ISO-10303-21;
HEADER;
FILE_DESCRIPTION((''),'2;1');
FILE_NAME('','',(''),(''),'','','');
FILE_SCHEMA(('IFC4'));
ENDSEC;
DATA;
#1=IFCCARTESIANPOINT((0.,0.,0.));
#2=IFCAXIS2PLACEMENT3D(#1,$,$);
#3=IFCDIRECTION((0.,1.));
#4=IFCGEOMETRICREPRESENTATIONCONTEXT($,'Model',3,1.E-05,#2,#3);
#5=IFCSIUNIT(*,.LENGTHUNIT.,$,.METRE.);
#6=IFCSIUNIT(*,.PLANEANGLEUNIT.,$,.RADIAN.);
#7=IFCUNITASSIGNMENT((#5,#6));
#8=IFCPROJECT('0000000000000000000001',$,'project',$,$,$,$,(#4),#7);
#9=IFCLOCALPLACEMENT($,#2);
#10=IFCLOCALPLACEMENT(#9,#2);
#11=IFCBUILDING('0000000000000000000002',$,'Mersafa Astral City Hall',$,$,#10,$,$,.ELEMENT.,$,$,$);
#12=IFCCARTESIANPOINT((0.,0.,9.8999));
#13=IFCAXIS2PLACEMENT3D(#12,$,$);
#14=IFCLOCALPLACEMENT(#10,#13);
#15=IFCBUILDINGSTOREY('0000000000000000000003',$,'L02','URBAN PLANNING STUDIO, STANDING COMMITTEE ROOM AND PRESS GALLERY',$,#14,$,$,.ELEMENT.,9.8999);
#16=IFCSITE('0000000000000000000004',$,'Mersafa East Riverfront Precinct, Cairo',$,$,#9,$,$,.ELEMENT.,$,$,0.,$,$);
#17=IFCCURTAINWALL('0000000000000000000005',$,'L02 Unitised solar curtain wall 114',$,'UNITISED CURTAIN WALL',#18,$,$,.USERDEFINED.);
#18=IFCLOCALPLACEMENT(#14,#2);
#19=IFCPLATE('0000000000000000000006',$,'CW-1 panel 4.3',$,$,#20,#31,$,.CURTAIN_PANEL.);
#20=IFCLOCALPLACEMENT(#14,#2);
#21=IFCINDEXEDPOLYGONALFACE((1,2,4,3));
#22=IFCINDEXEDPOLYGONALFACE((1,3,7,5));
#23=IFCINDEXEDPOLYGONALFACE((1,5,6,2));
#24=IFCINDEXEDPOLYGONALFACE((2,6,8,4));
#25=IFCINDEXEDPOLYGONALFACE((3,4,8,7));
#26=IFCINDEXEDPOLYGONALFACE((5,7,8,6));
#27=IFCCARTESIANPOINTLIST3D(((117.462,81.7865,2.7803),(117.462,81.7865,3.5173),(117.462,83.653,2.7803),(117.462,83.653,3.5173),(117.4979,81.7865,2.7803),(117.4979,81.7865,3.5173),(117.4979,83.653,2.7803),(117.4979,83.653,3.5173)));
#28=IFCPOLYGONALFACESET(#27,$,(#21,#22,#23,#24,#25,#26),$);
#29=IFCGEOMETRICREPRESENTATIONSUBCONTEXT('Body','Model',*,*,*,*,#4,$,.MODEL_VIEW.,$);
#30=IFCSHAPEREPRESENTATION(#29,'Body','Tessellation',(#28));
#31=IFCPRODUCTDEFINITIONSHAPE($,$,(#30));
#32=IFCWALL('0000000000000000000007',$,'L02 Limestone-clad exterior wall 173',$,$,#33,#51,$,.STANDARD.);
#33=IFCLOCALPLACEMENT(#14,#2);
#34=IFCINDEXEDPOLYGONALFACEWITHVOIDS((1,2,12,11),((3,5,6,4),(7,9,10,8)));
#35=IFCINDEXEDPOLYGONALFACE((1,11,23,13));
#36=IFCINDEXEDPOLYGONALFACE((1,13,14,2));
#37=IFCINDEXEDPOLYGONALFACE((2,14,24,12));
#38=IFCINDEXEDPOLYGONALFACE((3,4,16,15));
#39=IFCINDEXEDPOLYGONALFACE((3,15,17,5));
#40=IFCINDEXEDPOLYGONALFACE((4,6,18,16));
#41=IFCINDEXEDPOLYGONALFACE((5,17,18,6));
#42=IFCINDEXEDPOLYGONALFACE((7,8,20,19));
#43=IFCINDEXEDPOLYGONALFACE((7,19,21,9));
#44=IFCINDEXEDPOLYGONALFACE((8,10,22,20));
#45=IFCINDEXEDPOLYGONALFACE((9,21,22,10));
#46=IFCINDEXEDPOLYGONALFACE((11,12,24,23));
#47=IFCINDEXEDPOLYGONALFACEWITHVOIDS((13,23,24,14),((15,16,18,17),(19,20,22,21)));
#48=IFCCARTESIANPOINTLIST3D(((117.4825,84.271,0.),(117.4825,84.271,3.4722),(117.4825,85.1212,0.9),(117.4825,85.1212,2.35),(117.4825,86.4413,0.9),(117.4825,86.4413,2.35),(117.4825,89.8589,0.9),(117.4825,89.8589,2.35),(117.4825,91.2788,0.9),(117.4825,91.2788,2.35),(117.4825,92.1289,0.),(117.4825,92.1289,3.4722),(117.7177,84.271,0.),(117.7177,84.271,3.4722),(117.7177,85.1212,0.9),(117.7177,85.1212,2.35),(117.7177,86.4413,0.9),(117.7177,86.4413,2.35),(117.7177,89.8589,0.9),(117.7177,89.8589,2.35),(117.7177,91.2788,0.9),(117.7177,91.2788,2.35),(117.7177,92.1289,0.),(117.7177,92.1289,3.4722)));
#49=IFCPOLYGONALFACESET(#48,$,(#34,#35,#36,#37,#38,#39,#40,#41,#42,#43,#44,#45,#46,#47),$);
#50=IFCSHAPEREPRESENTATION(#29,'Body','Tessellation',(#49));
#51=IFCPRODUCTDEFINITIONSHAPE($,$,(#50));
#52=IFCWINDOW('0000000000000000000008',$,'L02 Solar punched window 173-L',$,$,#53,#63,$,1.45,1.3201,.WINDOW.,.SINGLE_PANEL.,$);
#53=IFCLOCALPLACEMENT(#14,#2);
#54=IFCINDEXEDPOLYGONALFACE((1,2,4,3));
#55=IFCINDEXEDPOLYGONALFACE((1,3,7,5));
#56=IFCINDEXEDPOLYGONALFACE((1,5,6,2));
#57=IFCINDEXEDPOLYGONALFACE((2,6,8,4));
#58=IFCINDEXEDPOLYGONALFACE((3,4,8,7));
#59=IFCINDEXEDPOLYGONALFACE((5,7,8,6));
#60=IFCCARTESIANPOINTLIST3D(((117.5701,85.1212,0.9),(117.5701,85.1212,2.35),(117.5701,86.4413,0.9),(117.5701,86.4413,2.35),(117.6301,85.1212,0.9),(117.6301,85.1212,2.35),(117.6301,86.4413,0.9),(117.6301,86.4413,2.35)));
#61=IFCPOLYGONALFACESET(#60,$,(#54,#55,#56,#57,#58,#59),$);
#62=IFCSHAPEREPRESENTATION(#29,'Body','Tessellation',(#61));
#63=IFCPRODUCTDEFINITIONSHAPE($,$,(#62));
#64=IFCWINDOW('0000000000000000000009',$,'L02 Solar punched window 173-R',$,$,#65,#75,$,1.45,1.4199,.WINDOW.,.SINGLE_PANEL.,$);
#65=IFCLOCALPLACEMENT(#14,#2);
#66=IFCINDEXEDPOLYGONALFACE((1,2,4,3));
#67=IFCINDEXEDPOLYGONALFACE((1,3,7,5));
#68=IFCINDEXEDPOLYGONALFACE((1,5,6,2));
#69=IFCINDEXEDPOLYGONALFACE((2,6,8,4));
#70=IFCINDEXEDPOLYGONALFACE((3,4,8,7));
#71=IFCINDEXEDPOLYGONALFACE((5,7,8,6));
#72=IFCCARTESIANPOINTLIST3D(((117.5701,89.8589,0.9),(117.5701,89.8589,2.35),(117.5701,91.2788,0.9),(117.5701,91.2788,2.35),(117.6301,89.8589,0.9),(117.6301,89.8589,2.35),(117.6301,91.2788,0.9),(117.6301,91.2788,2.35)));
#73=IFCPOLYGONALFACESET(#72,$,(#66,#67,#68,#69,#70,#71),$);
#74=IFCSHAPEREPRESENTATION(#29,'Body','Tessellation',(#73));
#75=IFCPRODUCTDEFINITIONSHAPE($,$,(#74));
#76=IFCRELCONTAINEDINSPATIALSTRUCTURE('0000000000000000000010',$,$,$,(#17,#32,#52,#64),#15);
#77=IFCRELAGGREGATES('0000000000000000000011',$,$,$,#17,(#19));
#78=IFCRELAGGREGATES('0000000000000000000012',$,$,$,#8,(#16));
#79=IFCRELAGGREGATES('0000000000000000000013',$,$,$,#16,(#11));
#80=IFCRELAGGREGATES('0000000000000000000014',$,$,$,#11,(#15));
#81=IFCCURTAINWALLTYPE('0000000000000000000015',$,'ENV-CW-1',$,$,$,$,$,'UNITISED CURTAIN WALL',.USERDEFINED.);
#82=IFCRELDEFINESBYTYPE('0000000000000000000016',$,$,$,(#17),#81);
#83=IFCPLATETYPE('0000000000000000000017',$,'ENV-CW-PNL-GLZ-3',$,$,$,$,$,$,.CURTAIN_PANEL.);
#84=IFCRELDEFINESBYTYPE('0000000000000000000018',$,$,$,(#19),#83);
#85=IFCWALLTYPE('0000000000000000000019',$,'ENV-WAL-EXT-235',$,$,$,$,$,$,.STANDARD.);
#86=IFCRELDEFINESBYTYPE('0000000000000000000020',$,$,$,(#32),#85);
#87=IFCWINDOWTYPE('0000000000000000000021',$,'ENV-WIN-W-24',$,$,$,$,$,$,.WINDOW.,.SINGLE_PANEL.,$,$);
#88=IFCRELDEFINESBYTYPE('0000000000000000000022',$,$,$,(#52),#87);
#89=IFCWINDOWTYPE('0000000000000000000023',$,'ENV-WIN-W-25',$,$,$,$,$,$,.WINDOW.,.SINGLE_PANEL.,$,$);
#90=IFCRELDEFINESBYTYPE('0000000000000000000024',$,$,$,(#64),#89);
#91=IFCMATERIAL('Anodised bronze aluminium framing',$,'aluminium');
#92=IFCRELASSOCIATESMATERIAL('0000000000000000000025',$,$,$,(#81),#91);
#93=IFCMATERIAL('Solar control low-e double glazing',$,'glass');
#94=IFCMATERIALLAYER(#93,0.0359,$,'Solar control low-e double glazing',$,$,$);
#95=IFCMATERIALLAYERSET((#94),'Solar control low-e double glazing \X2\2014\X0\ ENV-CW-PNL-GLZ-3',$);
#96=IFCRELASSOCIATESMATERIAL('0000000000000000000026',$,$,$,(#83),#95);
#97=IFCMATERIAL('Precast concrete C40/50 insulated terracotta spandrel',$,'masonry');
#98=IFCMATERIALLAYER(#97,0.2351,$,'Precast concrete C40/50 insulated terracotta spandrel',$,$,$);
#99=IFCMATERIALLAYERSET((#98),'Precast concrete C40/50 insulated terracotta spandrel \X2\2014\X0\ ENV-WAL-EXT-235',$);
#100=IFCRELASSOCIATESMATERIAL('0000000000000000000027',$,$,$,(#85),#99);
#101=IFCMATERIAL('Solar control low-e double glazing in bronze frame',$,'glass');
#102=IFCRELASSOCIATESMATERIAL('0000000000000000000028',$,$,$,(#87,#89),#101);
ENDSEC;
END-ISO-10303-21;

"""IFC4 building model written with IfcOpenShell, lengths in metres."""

from ifc_helpers import new_model, si_unit, direction, frame, frame_2d, origin, origin_2d, place, context, subcontext, project, spatial, rectangle, extrude, material, layer, layer_set, type_object, element, fill, aggregate, save


model = new_model("IFC4")

# Units and contexts
model_context = context("Model", 3, precision=1e-05, world=origin(), true_north=direction((0.0, 1.0)))
body_context = subcontext(model_context, "Body", "Model", "MODEL_VIEW")
ifc_project = project(units=[si_unit("LENGTHUNIT", "METRE"), si_unit("PLANEANGLEUNIT", "RADIAN")], contexts=[model_context])

# Site, building, storey
site_placement = place(None, origin())
site = spatial("IfcSite", under=ifc_project, at=site_placement, Name="Mersafa East Riverfront Precinct, Cairo", CompositionType="ELEMENT", RefElevation=0.0)
building_placement = place(site_placement, origin())
building = spatial("IfcBuilding", under=site, at=building_placement, Name="Mersafa Astral City Hall", CompositionType="ELEMENT")
storey_placement = place(building_placement, frame((0.0, 0.0, 9.8999)))
storey = spatial("IfcBuildingStorey", under=building, at=storey_placement, Name="L02", Description="URBAN PLANNING STUDIO, STANDING COMMITTEE ROOM AND PRESS GALLERY", CompositionType="ELEMENT", Elevation=9.8999)

# Curtain wall, plate
ifc_material_1 = material(Name="Anodised bronze aluminium framing", Category="aluminium")
curtain_wall_type = type_object("IfcCurtainWallType", Name="ENV-CW-1", ElementType="UNITISED CURTAIN WALL", PredefinedType="USERDEFINED", material=ifc_material_1)
curtain_wall_placement = place(storey_placement, origin())
curtain_wall = element("IfcCurtainWall", 1, at=curtain_wall_placement, inside=storey, type_object=curtain_wall_type, Name="L02 Unitised solar curtain wall 114", ObjectType="UNITISED CURTAIN WALL", PredefinedType="USERDEFINED")
ifc_material_2 = material(Name="Solar control low-e double glazing", Category="glass")
ifc_layer_1 = layer(ifc_material_2, 0.0359, Name="Solar control low-e double glazing")
ifc_layer_set_1 = layer_set([ifc_layer_1], Name="Solar control low-e double glazing — ENV-CW-PNL-GLZ-3")
plate_type = type_object("IfcPlateType", Name="ENV-CW-PNL-GLZ-3", PredefinedType="CURTAIN_PANEL", material=ifc_layer_set_1)
plate_1_placement = place(storey_placement, frame((117.48, 82.7197, 2.7803), z_axis=(0.0, 0.0, 1.0), x_axis=(0.0, 1.0, 0.0)))
plate_1 = element("IfcPlate", 2, at=plate_1_placement, type_object=plate_type, Name="CW-1 panel 4.3", PredefinedType="CURTAIN_PANEL", context=body_context, shape_type="SweptSolid", body=[
    extrude(rectangle(XDim=1.8665, YDim=0.0359, at=origin_2d()), origin(), (0.0, 0.0, 1.0), 0.7371),
])
aggregate(curtain_wall, [plate_1])

# Wall, openings, windows
ifc_material_3 = material(Name="Precast concrete C40/50 insulated terracotta spandrel", Category="masonry")
ifc_layer_2 = layer(ifc_material_3, 0.2351, Name="Precast concrete C40/50 insulated terracotta spandrel")
ifc_layer_set_2 = layer_set([ifc_layer_2], Name="Precast concrete C40/50 insulated terracotta spandrel — ENV-WAL-EXT-235")
wall_type = type_object("IfcWallType", Name="ENV-WAL-EXT-235", PredefinedType="STANDARD", material=ifc_layer_set_2)
wall_placement = place(storey_placement, frame((117.6001, 84.271, 0.0), z_axis=(0.0, 0.0, 1.0), x_axis=(0.0, 1.0, 0.0)))
wall = element("IfcWall", 3, at=wall_placement, inside=storey, type_object=wall_type, Name="L02 Limestone-clad exterior wall 173", PredefinedType="STANDARD", context=body_context, shape_type="SweptSolid", body=[
    extrude(rectangle(XDim=7.8579, YDim=0.2351, at=frame_2d((3.929, 0.0))), origin(), (0.0, 0.0, 1.0), 3.4722),
])
opening_1_placement = place(wall_placement, frame((0.8501, 0.0, 0.8999)))
opening_1 = element("IfcOpeningElement", 4, at=opening_1_placement, cuts=wall, PredefinedType="OPENING", context=body_context, shape_type="SweptSolid", body=[
    extrude(rectangle(XDim=1.3201, YDim=1.45, at=frame_2d((0.6602, 0.7251))), frame((0.0, 0.1274, 0.0), z_axis=(0.0, -1.0, 0.0), x_axis=(1.0, 0.0, 0.0)), (0.0, 0.0, 1.0), 0.2551),
])
opening_2_placement = place(wall_placement, frame((5.5879, 0.0, 0.8999)))
opening_2 = element("IfcOpeningElement", 5, at=opening_2_placement, cuts=wall, PredefinedType="OPENING", context=body_context, shape_type="SweptSolid", body=[
    extrude(rectangle(XDim=1.4199, YDim=1.45, at=frame_2d((0.71, 0.7251))), frame((0.0, 0.1274, 0.0), z_axis=(0.0, -1.0, 0.0), x_axis=(1.0, 0.0, 0.0)), (0.0, 0.0, 1.0), 0.2551),
])
ifc_material_4 = material(Name="Solar control low-e double glazing in bronze frame", Category="glass")
window_type_1 = type_object("IfcWindowType", Name="ENV-WIN-W-24", PartitioningType="SINGLE_PANEL", PredefinedType="WINDOW", material=ifc_material_4)
window_1_placement = place(opening_1_placement, origin())
window_1 = element("IfcWindow", 6, at=window_1_placement, inside=storey, type_object=window_type_1, Name="L02 Solar punched window 173-L", OverallHeight=1.45, OverallWidth=1.3201, PartitioningType="SINGLE_PANEL", PredefinedType="WINDOW", context=body_context, shape_type="SweptSolid", body=[
    extrude(rectangle(XDim=1.3201, YDim=1.45, at=frame_2d((0.6602, 0.7251))), frame((0.0, 0.03, 0.0), z_axis=(0.0, -1.0, 0.0), x_axis=(1.0, 0.0, 0.0)), (0.0, 0.0, 1.0), 0.0601),
])
fill(opening_1, window_1)
window_type_2 = type_object("IfcWindowType", Name="ENV-WIN-W-25", PartitioningType="SINGLE_PANEL", PredefinedType="WINDOW", material=ifc_material_4)
window_2_placement = place(opening_2_placement, origin())
window_2 = element("IfcWindow", 7, at=window_2_placement, inside=storey, type_object=window_type_2, Name="L02 Solar punched window 173-R", OverallHeight=1.45, OverallWidth=1.4199, PartitioningType="SINGLE_PANEL", PredefinedType="WINDOW", context=body_context, shape_type="SweptSolid", body=[
    extrude(rectangle(XDim=1.4199, YDim=1.45, at=frame_2d((0.71, 0.7251))), frame((0.0, 0.03, 0.0), z_axis=(0.0, -1.0, 0.0), x_axis=(1.0, 0.0, 0.0)), (0.0, 0.0, 1.0), 0.0601),
])
fill(opening_2, window_2)

save(model, "model.ifc")
